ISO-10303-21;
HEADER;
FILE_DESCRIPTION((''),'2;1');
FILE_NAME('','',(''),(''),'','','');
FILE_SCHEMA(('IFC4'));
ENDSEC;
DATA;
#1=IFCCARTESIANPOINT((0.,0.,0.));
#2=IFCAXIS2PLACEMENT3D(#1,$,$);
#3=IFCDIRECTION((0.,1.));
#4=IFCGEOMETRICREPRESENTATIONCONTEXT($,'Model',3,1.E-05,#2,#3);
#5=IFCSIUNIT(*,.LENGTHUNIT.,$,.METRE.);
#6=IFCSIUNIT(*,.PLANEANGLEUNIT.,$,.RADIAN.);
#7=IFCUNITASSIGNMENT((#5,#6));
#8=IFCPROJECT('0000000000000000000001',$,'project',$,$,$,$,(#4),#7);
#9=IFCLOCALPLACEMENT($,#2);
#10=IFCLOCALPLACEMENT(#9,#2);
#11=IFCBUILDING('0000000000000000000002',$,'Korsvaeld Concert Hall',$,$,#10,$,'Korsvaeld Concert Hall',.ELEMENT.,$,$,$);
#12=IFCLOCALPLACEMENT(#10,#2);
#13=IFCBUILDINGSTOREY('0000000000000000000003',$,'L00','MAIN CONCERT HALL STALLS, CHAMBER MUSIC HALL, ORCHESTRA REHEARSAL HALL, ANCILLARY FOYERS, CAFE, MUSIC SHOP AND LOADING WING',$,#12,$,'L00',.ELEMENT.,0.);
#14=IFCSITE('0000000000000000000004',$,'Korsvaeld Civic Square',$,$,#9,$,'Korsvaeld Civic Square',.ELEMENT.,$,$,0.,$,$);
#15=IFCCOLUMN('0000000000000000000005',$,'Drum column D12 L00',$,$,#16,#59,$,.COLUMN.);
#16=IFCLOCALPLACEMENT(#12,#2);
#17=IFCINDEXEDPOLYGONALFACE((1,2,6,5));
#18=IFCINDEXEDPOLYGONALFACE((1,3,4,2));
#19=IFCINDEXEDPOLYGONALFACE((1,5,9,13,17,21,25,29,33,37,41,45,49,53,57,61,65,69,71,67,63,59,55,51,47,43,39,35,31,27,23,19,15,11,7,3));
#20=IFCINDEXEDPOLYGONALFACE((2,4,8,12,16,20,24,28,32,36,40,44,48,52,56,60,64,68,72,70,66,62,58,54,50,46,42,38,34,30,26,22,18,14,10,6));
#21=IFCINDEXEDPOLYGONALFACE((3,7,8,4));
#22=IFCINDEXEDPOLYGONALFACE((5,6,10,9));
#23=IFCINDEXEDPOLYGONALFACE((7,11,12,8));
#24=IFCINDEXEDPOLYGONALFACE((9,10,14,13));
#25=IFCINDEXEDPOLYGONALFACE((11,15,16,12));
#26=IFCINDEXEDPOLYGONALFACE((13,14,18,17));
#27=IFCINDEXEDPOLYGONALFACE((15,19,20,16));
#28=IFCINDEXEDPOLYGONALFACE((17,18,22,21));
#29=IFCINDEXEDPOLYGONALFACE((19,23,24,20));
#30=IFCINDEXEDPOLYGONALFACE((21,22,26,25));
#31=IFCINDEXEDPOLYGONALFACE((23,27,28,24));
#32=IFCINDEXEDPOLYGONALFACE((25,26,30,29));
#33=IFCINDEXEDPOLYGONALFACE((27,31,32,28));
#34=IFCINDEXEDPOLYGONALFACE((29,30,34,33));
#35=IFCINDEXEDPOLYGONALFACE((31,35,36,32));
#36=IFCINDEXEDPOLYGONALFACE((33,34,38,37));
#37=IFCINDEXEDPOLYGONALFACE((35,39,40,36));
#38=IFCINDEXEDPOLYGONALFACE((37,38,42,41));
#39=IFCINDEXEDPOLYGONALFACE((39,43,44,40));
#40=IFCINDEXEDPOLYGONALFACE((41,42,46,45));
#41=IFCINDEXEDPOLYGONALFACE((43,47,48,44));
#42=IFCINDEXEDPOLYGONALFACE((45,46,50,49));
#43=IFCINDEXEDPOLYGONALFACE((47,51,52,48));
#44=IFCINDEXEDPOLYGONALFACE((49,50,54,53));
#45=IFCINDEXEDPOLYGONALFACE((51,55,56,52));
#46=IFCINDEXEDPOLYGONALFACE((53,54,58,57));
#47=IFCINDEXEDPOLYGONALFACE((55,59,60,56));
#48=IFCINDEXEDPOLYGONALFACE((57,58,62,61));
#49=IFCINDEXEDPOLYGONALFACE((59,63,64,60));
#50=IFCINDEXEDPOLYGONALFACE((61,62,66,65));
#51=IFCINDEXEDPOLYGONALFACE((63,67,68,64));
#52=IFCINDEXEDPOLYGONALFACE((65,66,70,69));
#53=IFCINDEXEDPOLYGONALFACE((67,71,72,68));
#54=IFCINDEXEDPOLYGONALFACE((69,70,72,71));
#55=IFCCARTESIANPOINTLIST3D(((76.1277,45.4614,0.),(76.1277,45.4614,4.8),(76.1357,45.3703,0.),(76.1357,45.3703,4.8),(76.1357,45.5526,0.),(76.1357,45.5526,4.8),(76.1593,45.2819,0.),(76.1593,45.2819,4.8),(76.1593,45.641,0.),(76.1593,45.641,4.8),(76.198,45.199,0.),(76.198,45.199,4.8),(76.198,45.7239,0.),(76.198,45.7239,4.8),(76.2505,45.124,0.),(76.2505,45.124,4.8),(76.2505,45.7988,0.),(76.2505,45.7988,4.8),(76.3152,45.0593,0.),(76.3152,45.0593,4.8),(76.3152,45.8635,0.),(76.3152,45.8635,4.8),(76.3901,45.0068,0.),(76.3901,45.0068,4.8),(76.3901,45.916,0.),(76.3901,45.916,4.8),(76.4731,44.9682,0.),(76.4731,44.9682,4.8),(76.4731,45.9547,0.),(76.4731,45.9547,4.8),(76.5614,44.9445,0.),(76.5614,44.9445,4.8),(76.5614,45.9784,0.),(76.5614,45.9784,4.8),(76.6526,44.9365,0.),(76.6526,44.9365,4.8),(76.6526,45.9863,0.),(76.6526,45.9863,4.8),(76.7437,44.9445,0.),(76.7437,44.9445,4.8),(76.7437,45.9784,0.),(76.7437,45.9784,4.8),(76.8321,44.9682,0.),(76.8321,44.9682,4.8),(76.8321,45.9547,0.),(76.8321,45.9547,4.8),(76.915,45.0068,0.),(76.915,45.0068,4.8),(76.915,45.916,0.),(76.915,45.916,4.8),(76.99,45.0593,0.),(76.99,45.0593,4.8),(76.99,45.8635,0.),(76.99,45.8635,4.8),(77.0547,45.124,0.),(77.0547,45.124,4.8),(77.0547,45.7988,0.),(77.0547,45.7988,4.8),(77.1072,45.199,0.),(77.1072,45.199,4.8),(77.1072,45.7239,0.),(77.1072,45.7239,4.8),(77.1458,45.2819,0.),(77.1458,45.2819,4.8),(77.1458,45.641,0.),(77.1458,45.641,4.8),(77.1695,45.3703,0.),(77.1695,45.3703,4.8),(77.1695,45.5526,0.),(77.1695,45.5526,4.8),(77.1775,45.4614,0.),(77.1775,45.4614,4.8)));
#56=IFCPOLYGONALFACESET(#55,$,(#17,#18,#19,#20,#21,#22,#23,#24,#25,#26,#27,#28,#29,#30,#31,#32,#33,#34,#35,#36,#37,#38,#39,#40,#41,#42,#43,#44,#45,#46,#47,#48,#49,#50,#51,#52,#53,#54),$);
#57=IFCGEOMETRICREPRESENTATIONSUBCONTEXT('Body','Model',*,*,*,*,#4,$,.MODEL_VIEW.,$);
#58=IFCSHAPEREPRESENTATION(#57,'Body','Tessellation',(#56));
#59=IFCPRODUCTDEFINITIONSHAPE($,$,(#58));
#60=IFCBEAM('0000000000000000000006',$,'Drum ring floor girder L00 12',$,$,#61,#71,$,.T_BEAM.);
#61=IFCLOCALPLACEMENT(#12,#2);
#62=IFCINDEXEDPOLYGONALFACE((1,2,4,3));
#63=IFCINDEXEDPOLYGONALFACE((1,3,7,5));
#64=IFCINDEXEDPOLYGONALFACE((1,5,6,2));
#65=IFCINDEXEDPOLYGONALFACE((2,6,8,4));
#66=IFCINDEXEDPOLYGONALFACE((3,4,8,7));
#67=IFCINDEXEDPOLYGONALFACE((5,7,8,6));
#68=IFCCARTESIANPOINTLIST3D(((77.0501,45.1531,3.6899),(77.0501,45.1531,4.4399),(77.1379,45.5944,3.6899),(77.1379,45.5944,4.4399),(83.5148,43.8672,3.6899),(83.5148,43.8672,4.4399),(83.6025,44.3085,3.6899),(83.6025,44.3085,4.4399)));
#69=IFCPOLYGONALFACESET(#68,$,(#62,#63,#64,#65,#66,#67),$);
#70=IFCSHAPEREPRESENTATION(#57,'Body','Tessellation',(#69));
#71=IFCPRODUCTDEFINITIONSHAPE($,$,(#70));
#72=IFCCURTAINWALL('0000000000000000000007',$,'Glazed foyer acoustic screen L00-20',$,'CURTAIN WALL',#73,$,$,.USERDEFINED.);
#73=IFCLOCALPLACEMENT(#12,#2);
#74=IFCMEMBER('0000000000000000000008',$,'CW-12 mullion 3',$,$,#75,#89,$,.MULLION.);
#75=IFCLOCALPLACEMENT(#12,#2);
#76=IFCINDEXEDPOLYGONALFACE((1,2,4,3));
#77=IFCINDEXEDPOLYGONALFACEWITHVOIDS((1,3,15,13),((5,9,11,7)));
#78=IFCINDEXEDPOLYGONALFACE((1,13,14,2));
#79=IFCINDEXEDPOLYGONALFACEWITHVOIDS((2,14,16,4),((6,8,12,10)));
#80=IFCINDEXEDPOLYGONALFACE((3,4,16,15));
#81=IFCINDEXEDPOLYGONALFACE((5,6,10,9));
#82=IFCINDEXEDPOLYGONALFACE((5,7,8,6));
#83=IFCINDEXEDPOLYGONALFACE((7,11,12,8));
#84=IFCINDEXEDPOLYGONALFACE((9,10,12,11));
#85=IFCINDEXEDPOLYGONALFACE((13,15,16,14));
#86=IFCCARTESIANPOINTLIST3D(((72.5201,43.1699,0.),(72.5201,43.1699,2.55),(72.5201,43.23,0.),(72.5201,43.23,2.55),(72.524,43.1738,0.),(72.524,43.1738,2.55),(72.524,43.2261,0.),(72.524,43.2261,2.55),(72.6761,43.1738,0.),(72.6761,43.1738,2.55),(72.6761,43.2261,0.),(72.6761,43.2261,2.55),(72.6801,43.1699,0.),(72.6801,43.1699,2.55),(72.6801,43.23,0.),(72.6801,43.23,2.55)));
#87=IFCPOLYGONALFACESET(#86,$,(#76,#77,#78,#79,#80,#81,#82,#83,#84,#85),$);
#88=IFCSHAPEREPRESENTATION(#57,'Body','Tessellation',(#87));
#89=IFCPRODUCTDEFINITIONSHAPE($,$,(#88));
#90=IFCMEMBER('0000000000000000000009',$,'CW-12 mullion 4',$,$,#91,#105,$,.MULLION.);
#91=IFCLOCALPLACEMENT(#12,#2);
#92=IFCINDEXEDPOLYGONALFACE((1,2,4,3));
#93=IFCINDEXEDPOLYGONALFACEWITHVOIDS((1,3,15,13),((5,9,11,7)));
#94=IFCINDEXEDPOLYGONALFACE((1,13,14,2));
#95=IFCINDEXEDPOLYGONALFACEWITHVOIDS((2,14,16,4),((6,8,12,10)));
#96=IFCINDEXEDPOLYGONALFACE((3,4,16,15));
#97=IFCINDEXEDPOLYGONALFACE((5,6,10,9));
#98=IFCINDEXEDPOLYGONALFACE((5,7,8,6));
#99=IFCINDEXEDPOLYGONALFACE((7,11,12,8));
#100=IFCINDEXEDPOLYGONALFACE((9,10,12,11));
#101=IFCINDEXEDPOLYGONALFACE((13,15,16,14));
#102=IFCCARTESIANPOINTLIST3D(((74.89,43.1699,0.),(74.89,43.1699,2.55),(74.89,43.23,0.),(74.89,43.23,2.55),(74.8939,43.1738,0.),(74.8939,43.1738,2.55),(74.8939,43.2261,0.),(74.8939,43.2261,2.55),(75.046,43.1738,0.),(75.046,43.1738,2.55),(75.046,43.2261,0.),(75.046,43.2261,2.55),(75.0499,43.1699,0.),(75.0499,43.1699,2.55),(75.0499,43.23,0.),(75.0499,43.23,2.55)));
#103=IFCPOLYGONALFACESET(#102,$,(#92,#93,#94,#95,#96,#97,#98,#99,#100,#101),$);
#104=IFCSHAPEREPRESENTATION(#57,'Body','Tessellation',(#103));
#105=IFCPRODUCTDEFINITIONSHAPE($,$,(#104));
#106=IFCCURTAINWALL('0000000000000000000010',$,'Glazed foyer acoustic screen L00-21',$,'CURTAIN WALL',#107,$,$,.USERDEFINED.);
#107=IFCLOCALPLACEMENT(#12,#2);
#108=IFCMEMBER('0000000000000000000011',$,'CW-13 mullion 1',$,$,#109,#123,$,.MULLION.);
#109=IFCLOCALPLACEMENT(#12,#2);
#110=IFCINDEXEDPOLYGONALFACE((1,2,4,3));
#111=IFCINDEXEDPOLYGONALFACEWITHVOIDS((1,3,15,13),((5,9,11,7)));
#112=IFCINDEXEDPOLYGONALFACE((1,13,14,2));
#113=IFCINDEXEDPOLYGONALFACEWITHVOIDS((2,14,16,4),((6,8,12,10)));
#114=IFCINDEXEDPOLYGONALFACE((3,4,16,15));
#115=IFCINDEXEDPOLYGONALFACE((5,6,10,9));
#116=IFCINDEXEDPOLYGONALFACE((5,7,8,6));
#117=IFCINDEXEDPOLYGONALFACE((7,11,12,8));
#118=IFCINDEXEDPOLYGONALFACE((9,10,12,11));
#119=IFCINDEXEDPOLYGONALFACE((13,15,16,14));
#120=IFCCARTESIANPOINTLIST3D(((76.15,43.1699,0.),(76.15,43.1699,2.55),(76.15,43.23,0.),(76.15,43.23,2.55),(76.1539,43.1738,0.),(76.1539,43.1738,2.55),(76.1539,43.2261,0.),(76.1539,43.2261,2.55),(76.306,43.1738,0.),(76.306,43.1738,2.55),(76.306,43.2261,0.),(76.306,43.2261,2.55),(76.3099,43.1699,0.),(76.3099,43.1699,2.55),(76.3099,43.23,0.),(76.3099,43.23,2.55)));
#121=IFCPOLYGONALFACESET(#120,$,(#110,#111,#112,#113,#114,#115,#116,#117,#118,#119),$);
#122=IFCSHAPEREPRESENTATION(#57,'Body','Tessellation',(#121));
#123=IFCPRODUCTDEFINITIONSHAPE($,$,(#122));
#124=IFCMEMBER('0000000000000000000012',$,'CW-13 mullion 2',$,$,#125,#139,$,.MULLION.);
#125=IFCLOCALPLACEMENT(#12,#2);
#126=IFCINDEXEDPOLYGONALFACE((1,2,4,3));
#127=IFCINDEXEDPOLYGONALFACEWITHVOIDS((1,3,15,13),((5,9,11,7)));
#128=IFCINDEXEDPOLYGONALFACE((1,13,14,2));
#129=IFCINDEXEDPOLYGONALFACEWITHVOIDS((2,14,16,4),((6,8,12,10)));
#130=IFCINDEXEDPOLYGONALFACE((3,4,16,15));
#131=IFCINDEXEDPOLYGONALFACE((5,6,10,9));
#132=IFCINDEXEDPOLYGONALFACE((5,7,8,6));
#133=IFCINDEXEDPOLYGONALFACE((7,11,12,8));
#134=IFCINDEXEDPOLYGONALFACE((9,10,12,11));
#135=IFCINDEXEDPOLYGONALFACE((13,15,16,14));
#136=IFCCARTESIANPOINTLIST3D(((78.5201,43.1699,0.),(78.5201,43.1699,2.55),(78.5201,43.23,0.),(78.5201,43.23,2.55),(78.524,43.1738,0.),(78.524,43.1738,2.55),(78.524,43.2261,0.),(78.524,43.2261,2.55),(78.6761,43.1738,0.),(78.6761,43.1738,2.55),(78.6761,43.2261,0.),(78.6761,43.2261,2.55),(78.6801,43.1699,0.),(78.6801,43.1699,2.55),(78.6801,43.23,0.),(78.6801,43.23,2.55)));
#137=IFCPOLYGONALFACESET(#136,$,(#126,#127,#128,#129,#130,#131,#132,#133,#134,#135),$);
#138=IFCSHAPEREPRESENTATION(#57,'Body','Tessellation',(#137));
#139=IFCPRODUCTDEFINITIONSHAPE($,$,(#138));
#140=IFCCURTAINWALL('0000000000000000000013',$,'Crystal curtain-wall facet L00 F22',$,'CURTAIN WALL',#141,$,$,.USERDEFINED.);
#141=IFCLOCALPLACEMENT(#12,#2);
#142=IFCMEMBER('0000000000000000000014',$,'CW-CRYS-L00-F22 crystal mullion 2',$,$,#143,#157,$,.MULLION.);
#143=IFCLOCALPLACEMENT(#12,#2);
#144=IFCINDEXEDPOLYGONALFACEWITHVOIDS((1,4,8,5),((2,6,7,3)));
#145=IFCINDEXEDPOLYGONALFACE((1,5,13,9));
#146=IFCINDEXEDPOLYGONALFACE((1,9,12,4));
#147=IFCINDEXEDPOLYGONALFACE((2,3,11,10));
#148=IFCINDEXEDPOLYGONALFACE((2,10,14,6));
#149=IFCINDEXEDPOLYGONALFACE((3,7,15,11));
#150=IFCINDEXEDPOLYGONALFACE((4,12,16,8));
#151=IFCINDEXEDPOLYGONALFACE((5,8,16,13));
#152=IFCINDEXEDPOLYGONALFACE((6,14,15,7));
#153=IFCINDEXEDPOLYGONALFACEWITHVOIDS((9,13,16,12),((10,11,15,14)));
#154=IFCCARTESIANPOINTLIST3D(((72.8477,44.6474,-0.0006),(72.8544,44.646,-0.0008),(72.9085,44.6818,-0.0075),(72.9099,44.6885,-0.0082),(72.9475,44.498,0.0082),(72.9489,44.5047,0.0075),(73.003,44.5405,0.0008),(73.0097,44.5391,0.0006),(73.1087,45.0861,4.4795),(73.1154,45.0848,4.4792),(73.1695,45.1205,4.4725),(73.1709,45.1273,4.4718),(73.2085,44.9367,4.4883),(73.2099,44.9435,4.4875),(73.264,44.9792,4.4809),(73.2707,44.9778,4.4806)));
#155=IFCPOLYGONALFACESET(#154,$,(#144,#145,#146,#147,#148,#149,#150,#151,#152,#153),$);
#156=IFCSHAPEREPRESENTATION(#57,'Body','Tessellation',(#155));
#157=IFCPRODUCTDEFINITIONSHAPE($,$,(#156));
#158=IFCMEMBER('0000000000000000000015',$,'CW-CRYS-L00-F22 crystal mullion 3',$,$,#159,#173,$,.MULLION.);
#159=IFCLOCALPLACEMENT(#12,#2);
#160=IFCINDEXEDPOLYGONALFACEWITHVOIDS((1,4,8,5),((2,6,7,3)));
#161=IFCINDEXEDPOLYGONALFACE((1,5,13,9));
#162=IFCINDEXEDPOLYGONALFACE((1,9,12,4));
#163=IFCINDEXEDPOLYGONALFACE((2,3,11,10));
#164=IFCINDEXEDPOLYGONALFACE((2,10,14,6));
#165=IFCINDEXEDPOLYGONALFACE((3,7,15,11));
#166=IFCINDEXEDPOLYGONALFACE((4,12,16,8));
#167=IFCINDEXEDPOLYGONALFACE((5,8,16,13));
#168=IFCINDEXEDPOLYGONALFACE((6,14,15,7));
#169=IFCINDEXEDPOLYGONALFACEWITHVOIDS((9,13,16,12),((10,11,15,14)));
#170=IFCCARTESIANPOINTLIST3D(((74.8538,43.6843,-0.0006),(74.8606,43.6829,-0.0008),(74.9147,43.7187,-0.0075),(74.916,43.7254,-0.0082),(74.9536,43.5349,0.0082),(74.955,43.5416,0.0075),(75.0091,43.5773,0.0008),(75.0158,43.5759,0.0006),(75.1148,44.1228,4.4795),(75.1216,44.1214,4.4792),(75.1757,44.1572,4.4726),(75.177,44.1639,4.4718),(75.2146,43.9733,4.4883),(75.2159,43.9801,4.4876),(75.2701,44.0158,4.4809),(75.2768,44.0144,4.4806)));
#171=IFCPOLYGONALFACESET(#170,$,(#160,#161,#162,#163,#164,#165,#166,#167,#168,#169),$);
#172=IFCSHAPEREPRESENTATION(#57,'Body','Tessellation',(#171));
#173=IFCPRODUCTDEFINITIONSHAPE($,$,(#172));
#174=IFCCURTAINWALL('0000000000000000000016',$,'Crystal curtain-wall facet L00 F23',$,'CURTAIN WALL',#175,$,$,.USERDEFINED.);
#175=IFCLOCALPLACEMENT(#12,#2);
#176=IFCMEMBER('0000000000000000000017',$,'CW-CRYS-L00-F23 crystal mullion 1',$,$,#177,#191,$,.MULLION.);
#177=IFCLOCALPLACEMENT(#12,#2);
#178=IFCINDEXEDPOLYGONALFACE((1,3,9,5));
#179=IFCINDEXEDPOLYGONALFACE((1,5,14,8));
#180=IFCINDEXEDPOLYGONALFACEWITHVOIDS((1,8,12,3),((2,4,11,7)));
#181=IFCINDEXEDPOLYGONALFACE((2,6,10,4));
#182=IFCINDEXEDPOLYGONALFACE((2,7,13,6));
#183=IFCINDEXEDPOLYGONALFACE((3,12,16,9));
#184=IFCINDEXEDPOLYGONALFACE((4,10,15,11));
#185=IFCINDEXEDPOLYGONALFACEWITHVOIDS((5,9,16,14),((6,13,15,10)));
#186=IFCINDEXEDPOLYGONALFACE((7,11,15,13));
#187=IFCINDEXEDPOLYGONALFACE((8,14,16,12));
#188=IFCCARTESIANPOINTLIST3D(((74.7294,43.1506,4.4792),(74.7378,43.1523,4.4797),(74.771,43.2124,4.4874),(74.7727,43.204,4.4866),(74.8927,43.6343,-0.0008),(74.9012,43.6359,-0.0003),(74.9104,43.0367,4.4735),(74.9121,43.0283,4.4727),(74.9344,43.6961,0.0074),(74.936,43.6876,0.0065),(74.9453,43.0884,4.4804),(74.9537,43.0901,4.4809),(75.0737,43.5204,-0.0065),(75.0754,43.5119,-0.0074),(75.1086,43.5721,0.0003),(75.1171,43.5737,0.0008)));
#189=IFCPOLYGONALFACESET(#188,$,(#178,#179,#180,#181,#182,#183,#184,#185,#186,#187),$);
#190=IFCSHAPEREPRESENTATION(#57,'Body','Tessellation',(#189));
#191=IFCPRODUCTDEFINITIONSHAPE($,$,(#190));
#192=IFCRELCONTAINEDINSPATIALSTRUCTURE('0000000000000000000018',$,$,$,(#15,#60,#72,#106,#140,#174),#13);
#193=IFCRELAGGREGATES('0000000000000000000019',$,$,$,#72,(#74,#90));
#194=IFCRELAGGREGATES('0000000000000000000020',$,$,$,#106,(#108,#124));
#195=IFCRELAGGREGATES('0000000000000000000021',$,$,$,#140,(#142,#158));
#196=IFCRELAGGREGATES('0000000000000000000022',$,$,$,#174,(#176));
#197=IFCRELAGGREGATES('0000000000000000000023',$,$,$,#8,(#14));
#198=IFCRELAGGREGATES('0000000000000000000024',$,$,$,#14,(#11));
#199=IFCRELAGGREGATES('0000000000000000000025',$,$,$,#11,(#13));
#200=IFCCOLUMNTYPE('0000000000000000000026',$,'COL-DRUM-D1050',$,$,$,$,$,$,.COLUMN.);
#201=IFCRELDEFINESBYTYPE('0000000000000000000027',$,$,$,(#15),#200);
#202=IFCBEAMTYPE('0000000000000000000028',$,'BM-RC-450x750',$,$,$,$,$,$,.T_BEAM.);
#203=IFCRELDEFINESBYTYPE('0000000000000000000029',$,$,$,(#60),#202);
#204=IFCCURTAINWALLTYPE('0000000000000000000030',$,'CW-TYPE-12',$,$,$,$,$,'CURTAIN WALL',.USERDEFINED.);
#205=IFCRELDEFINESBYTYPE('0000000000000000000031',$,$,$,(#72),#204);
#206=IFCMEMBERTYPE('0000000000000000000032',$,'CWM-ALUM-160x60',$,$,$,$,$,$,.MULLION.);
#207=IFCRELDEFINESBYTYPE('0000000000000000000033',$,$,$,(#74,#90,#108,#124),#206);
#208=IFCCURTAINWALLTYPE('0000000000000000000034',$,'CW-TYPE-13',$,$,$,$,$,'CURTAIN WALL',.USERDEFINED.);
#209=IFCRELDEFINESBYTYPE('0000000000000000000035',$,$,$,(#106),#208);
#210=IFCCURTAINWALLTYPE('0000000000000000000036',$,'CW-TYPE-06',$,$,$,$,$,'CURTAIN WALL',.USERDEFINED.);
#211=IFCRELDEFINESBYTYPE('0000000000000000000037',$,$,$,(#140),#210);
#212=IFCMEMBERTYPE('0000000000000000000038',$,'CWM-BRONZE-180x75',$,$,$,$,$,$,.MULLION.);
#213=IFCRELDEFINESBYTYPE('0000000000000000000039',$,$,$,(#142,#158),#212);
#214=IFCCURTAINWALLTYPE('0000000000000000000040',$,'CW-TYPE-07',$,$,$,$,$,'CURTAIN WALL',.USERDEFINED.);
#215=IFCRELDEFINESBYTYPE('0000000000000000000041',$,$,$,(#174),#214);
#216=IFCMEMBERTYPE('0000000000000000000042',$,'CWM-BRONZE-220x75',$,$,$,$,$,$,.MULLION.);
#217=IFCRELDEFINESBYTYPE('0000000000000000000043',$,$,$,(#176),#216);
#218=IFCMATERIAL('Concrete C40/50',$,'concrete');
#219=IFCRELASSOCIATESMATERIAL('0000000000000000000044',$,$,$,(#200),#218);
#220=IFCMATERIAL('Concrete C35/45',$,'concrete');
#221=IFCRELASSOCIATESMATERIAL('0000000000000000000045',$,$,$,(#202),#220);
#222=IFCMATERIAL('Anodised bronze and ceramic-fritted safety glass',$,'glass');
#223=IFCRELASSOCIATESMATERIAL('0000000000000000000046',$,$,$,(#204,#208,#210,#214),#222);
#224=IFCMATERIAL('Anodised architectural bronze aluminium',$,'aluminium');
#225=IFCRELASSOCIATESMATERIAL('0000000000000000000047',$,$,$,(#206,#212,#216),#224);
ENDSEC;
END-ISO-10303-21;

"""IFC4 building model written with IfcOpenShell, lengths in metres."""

from ifc_helpers import new_model, si_unit, direction, frame, origin, origin_2d, place, context, subcontext, project, spatial, rectangle, hollow_rectangle, circle, extrude, material, material_profile, profile_set, type_object, element, aggregate, save


model = new_model("IFC4")

# Units and contexts
model_context = context("Model", 3, precision=1e-05, world=origin(), true_north=direction((0.0, 1.0)))
body_context = subcontext(model_context, "Body", "Model", "MODEL_VIEW")
ifc_project = project(units=[si_unit("LENGTHUNIT", "METRE"), si_unit("PLANEANGLEUNIT", "RADIAN")], contexts=[model_context])

# Site, building, storey
site_placement = place(None, origin())
site = spatial("IfcSite", under=ifc_project, at=site_placement, Name="Korsvaeld Civic Square", LongName="Korsvaeld Civic Square", CompositionType="ELEMENT", RefElevation=0.0)
building_placement = place(site_placement, origin())
building = spatial("IfcBuilding", under=site, at=building_placement, Name="Korsvaeld Concert Hall", LongName="Korsvaeld Concert Hall", CompositionType="ELEMENT")
storey_placement = place(building_placement, origin())
storey = spatial("IfcBuildingStorey", under=building, at=storey_placement, Name="L00", Description="MAIN CONCERT HALL STALLS, CHAMBER MUSIC HALL, ORCHESTRA REHEARSAL HALL, ANCILLARY FOYERS, CAFE, MUSIC SHOP AND LOADING WING", LongName="L00", CompositionType="ELEMENT", Elevation=0.0)

# Column
ifc_material_1 = material(Name="Concrete C40/50", Category="concrete")
ifc_material_profile_1 = material_profile(ifc_material_1, circle(Radius=0.5249, at=origin_2d()), Name="RC D1050")
ifc_profile_set_1 = profile_set([ifc_material_profile_1], Name="Concrete C40/50")
column_type = type_object("IfcColumnType", Name="COL-DRUM-D1050", PredefinedType="COLUMN", material=ifc_profile_set_1)
column_placement = place(storey_placement, frame((76.6526, 45.4614, 0.0), z_axis=(0.0, 0.0, 1.0), x_axis=(1.0, 0.0, 0.0)))
element("IfcColumn", 1, at=column_placement, inside=storey, type_object=column_type, Name="Drum column D12 L00", PredefinedType="COLUMN", context=body_context, shape_type="SweptSolid", body=[
    extrude(circle(Radius=0.5249, at=origin_2d()), origin(), (0.0, 0.0, 1.0), 4.8),
])

# Beam
ifc_material_2 = material(Name="Concrete C35/45", Category="concrete")
ifc_material_profile_2 = material_profile(ifc_material_2, rectangle(XDim=0.45, YDim=0.75, at=origin_2d()), Name="RC 450x750")
ifc_profile_set_2 = profile_set([ifc_material_profile_2], Name="Concrete C35/45")
beam_type = type_object("IfcBeamType", Name="BM-RC-450x750", PredefinedType="T_BEAM", material=ifc_profile_set_2)
beam_placement = place(storey_placement, frame((77.094, 45.3738, 4.0649), z_axis=(0.980785, -0.19509, 0.0), x_axis=(0.19509, 0.980785, 0.0)))
element("IfcBeam", 2, at=beam_placement, inside=storey, type_object=beam_type, Name="Drum ring floor girder L00 12", PredefinedType="T_BEAM", context=body_context, shape_type="SweptSolid", body=[
    extrude(rectangle(XDim=0.45, YDim=0.75, at=origin_2d()), origin(), (0.0, 0.0, 1.0), 6.5913),
])

# Curtain walls, members
ifc_material_3 = material(Name="Anodised bronze and ceramic-fritted safety glass", Category="glass")
curtain_wall_type_1 = type_object("IfcCurtainWallType", Name="CW-TYPE-12", ElementType="CURTAIN WALL", PredefinedType="USERDEFINED", material=ifc_material_3)
curtain_wall_1_placement = place(storey_placement, origin())
curtain_wall_1 = element("IfcCurtainWall", 3, at=curtain_wall_1_placement, inside=storey, type_object=curtain_wall_type_1, Name="Glazed foyer acoustic screen L00-20", ObjectType="CURTAIN WALL", PredefinedType="USERDEFINED")
ifc_material_4 = material(Name="Anodised architectural bronze aluminium", Category="aluminium")
ifc_material_profile_3 = material_profile(ifc_material_4, hollow_rectangle(XDim=0.0601, YDim=0.1599, WallThickness=0.0039, at=origin_2d()), Name="CWM 160x60x4")
ifc_profile_set_3 = profile_set([ifc_material_profile_3], Name="Anodised architectural bronze aluminium")
member_type_1 = type_object("IfcMemberType", Name="CWM-ALUM-160x60", PredefinedType="MULLION", material=ifc_profile_set_3)
member_1_placement = place(storey_placement, frame((72.6001, 43.2, 0.0), z_axis=(0.0, 0.0, 1.0), x_axis=(0.0, 1.0, 0.0)))
member_1 = element("IfcMember", 4, at=member_1_placement, type_object=member_type_1, Name="CW-12 mullion 3", PredefinedType="MULLION", context=body_context, shape_type="SweptSolid", body=[
    extrude(hollow_rectangle(XDim=0.0601, YDim=0.1599, WallThickness=0.0039, at=origin_2d()), origin(), (0.0, 0.0, 1.0), 2.55),
])
member_2_placement = place(storey_placement, frame((74.97, 43.2, 0.0), z_axis=(0.0, 0.0, 1.0), x_axis=(0.0, 1.0, 0.0)))
member_2 = element("IfcMember", 5, at=member_2_placement, type_object=member_type_1, Name="CW-12 mullion 4", PredefinedType="MULLION", context=body_context, shape_type="SweptSolid", body=[
    extrude(hollow_rectangle(XDim=0.0601, YDim=0.1599, WallThickness=0.0039, at=origin_2d()), origin(), (0.0, 0.0, 1.0), 2.55),
])
curtain_wall_type_2 = type_object("IfcCurtainWallType", Name="CW-TYPE-13", ElementType="CURTAIN WALL", PredefinedType="USERDEFINED", material=ifc_material_3)
curtain_wall_2_placement = place(storey_placement, origin())
curtain_wall_2 = element("IfcCurtainWall", 6, at=curtain_wall_2_placement, inside=storey, type_object=curtain_wall_type_2, Name="Glazed foyer acoustic screen L00-21", ObjectType="CURTAIN WALL", PredefinedType="USERDEFINED")
member_3_placement = place(storey_placement, frame((76.23, 43.2, 0.0), z_axis=(0.0, 0.0, 1.0), x_axis=(0.0, 1.0, 0.0)))
member_3 = element("IfcMember", 7, at=member_3_placement, type_object=member_type_1, Name="CW-13 mullion 1", PredefinedType="MULLION", context=body_context, shape_type="SweptSolid", body=[
    extrude(hollow_rectangle(XDim=0.0601, YDim=0.1599, WallThickness=0.0039, at=origin_2d()), origin(), (0.0, 0.0, 1.0), 2.55),
])
member_4_placement = place(storey_placement, frame((78.6001, 43.2, 0.0), z_axis=(0.0, 0.0, 1.0), x_axis=(0.0, 1.0, 0.0)))
member_4 = element("IfcMember", 8, at=member_4_placement, type_object=member_type_1, Name="CW-13 mullion 2", PredefinedType="MULLION", context=body_context, shape_type="SweptSolid", body=[
    extrude(hollow_rectangle(XDim=0.0601, YDim=0.1599, WallThickness=0.0039, at=origin_2d()), origin(), (0.0, 0.0, 1.0), 2.55),
])
curtain_wall_type_3 = type_object("IfcCurtainWallType", Name="CW-TYPE-06", ElementType="CURTAIN WALL", PredefinedType="USERDEFINED", material=ifc_material_3)
curtain_wall_3_placement = place(storey_placement, origin())
curtain_wall_3 = element("IfcCurtainWall", 9, at=curtain_wall_3_placement, inside=storey, type_object=curtain_wall_type_3, Name="Crystal curtain-wall facet L00 F22", ObjectType="CURTAIN WALL", PredefinedType="USERDEFINED")
ifc_material_profile_4 = material_profile(ifc_material_4, hollow_rectangle(XDim=0.075, YDim=0.1799, WallThickness=0.0049, at=origin_2d()), Name="CWM 180x75x5")
ifc_profile_set_4 = profile_set([ifc_material_profile_4], Name="Anodised architectural bronze aluminium")
member_type_2 = type_object("IfcMemberType", Name="CWM-BRONZE-180x75", PredefinedType="MULLION", material=ifc_profile_set_4)
member_5_placement = place(storey_placement, frame((72.9287, 44.5933, 0.0), z_axis=(0.057882, 0.0973, 0.993571), x_axis=(-0.829903, -0.548493, 0.10206)))
member_5 = element("IfcMember", 10, at=member_5_placement, type_object=member_type_2, Name="CW-CRYS-L00-F22 crystal mullion 2", PredefinedType="MULLION", context=body_context, shape_type="SweptSolid", body=[
    extrude(hollow_rectangle(XDim=0.075, YDim=0.1799, WallThickness=0.0049, at=origin_2d()), origin(), (0.0, 0.0, 1.0), 4.509),
])
member_6_placement = place(storey_placement, frame((74.9348, 43.6301, 0.0), z_axis=(0.057882, 0.097246, 0.993576), x_axis=(-0.83004, -0.548294, 0.102019)))
member_6 = element("IfcMember", 11, at=member_6_placement, type_object=member_type_2, Name="CW-CRYS-L00-F22 crystal mullion 3", PredefinedType="MULLION", context=body_context, shape_type="SweptSolid", body=[
    extrude(hollow_rectangle(XDim=0.075, YDim=0.1799, WallThickness=0.0049, at=origin_2d()), origin(), (0.0, 0.0, 1.0), 4.509),
])

# Curtain wall, member
curtain_wall_type_4 = type_object("IfcCurtainWallType", Name="CW-TYPE-07", ElementType="CURTAIN WALL", PredefinedType="USERDEFINED", material=ifc_material_3)
curtain_wall_4_placement = place(storey_placement, origin())
curtain_wall_4 = element("IfcCurtainWall", 12, at=curtain_wall_4_placement, inside=storey, type_object=curtain_wall_type_4, Name="Crystal curtain-wall facet L00 F23", ObjectType="CURTAIN WALL", PredefinedType="USERDEFINED")
ifc_material_profile_5 = material_profile(ifc_material_4, hollow_rectangle(XDim=0.075, YDim=0.22, WallThickness=0.0061, at=origin_2d()), Name="CWM 220x75x6")
ifc_profile_set_5 = profile_set([ifc_material_profile_5], Name="Anodised architectural bronze aluminium")
member_type_3 = type_object("IfcMemberType", Name="CWM-BRONZE-220x75", PredefinedType="MULLION", material=ifc_profile_set_5)
member_7_placement = place(storey_placement, frame((75.0049, 43.604, 0.0), z_axis=(-0.036223, -0.107262, 0.993571), x_axis=(0.555805, 0.824105, 0.109231)))
member_7 = element("IfcMember", 13, at=member_7_placement, type_object=member_type_3, Name="CW-CRYS-L00-F23 crystal mullion 1", PredefinedType="MULLION", context=body_context, shape_type="SweptSolid", body=[
    extrude(hollow_rectangle(XDim=0.075, YDim=0.22, WallThickness=0.0061, at=origin_2d()), origin(), (0.0, 0.0, 1.0), 4.509),
])

aggregate(curtain_wall_1, [member_1, member_2])
aggregate(curtain_wall_2, [member_3, member_4])
aggregate(curtain_wall_3, [member_5, member_6])
aggregate(curtain_wall_4, [member_7])

save(model, "model.ifc")
